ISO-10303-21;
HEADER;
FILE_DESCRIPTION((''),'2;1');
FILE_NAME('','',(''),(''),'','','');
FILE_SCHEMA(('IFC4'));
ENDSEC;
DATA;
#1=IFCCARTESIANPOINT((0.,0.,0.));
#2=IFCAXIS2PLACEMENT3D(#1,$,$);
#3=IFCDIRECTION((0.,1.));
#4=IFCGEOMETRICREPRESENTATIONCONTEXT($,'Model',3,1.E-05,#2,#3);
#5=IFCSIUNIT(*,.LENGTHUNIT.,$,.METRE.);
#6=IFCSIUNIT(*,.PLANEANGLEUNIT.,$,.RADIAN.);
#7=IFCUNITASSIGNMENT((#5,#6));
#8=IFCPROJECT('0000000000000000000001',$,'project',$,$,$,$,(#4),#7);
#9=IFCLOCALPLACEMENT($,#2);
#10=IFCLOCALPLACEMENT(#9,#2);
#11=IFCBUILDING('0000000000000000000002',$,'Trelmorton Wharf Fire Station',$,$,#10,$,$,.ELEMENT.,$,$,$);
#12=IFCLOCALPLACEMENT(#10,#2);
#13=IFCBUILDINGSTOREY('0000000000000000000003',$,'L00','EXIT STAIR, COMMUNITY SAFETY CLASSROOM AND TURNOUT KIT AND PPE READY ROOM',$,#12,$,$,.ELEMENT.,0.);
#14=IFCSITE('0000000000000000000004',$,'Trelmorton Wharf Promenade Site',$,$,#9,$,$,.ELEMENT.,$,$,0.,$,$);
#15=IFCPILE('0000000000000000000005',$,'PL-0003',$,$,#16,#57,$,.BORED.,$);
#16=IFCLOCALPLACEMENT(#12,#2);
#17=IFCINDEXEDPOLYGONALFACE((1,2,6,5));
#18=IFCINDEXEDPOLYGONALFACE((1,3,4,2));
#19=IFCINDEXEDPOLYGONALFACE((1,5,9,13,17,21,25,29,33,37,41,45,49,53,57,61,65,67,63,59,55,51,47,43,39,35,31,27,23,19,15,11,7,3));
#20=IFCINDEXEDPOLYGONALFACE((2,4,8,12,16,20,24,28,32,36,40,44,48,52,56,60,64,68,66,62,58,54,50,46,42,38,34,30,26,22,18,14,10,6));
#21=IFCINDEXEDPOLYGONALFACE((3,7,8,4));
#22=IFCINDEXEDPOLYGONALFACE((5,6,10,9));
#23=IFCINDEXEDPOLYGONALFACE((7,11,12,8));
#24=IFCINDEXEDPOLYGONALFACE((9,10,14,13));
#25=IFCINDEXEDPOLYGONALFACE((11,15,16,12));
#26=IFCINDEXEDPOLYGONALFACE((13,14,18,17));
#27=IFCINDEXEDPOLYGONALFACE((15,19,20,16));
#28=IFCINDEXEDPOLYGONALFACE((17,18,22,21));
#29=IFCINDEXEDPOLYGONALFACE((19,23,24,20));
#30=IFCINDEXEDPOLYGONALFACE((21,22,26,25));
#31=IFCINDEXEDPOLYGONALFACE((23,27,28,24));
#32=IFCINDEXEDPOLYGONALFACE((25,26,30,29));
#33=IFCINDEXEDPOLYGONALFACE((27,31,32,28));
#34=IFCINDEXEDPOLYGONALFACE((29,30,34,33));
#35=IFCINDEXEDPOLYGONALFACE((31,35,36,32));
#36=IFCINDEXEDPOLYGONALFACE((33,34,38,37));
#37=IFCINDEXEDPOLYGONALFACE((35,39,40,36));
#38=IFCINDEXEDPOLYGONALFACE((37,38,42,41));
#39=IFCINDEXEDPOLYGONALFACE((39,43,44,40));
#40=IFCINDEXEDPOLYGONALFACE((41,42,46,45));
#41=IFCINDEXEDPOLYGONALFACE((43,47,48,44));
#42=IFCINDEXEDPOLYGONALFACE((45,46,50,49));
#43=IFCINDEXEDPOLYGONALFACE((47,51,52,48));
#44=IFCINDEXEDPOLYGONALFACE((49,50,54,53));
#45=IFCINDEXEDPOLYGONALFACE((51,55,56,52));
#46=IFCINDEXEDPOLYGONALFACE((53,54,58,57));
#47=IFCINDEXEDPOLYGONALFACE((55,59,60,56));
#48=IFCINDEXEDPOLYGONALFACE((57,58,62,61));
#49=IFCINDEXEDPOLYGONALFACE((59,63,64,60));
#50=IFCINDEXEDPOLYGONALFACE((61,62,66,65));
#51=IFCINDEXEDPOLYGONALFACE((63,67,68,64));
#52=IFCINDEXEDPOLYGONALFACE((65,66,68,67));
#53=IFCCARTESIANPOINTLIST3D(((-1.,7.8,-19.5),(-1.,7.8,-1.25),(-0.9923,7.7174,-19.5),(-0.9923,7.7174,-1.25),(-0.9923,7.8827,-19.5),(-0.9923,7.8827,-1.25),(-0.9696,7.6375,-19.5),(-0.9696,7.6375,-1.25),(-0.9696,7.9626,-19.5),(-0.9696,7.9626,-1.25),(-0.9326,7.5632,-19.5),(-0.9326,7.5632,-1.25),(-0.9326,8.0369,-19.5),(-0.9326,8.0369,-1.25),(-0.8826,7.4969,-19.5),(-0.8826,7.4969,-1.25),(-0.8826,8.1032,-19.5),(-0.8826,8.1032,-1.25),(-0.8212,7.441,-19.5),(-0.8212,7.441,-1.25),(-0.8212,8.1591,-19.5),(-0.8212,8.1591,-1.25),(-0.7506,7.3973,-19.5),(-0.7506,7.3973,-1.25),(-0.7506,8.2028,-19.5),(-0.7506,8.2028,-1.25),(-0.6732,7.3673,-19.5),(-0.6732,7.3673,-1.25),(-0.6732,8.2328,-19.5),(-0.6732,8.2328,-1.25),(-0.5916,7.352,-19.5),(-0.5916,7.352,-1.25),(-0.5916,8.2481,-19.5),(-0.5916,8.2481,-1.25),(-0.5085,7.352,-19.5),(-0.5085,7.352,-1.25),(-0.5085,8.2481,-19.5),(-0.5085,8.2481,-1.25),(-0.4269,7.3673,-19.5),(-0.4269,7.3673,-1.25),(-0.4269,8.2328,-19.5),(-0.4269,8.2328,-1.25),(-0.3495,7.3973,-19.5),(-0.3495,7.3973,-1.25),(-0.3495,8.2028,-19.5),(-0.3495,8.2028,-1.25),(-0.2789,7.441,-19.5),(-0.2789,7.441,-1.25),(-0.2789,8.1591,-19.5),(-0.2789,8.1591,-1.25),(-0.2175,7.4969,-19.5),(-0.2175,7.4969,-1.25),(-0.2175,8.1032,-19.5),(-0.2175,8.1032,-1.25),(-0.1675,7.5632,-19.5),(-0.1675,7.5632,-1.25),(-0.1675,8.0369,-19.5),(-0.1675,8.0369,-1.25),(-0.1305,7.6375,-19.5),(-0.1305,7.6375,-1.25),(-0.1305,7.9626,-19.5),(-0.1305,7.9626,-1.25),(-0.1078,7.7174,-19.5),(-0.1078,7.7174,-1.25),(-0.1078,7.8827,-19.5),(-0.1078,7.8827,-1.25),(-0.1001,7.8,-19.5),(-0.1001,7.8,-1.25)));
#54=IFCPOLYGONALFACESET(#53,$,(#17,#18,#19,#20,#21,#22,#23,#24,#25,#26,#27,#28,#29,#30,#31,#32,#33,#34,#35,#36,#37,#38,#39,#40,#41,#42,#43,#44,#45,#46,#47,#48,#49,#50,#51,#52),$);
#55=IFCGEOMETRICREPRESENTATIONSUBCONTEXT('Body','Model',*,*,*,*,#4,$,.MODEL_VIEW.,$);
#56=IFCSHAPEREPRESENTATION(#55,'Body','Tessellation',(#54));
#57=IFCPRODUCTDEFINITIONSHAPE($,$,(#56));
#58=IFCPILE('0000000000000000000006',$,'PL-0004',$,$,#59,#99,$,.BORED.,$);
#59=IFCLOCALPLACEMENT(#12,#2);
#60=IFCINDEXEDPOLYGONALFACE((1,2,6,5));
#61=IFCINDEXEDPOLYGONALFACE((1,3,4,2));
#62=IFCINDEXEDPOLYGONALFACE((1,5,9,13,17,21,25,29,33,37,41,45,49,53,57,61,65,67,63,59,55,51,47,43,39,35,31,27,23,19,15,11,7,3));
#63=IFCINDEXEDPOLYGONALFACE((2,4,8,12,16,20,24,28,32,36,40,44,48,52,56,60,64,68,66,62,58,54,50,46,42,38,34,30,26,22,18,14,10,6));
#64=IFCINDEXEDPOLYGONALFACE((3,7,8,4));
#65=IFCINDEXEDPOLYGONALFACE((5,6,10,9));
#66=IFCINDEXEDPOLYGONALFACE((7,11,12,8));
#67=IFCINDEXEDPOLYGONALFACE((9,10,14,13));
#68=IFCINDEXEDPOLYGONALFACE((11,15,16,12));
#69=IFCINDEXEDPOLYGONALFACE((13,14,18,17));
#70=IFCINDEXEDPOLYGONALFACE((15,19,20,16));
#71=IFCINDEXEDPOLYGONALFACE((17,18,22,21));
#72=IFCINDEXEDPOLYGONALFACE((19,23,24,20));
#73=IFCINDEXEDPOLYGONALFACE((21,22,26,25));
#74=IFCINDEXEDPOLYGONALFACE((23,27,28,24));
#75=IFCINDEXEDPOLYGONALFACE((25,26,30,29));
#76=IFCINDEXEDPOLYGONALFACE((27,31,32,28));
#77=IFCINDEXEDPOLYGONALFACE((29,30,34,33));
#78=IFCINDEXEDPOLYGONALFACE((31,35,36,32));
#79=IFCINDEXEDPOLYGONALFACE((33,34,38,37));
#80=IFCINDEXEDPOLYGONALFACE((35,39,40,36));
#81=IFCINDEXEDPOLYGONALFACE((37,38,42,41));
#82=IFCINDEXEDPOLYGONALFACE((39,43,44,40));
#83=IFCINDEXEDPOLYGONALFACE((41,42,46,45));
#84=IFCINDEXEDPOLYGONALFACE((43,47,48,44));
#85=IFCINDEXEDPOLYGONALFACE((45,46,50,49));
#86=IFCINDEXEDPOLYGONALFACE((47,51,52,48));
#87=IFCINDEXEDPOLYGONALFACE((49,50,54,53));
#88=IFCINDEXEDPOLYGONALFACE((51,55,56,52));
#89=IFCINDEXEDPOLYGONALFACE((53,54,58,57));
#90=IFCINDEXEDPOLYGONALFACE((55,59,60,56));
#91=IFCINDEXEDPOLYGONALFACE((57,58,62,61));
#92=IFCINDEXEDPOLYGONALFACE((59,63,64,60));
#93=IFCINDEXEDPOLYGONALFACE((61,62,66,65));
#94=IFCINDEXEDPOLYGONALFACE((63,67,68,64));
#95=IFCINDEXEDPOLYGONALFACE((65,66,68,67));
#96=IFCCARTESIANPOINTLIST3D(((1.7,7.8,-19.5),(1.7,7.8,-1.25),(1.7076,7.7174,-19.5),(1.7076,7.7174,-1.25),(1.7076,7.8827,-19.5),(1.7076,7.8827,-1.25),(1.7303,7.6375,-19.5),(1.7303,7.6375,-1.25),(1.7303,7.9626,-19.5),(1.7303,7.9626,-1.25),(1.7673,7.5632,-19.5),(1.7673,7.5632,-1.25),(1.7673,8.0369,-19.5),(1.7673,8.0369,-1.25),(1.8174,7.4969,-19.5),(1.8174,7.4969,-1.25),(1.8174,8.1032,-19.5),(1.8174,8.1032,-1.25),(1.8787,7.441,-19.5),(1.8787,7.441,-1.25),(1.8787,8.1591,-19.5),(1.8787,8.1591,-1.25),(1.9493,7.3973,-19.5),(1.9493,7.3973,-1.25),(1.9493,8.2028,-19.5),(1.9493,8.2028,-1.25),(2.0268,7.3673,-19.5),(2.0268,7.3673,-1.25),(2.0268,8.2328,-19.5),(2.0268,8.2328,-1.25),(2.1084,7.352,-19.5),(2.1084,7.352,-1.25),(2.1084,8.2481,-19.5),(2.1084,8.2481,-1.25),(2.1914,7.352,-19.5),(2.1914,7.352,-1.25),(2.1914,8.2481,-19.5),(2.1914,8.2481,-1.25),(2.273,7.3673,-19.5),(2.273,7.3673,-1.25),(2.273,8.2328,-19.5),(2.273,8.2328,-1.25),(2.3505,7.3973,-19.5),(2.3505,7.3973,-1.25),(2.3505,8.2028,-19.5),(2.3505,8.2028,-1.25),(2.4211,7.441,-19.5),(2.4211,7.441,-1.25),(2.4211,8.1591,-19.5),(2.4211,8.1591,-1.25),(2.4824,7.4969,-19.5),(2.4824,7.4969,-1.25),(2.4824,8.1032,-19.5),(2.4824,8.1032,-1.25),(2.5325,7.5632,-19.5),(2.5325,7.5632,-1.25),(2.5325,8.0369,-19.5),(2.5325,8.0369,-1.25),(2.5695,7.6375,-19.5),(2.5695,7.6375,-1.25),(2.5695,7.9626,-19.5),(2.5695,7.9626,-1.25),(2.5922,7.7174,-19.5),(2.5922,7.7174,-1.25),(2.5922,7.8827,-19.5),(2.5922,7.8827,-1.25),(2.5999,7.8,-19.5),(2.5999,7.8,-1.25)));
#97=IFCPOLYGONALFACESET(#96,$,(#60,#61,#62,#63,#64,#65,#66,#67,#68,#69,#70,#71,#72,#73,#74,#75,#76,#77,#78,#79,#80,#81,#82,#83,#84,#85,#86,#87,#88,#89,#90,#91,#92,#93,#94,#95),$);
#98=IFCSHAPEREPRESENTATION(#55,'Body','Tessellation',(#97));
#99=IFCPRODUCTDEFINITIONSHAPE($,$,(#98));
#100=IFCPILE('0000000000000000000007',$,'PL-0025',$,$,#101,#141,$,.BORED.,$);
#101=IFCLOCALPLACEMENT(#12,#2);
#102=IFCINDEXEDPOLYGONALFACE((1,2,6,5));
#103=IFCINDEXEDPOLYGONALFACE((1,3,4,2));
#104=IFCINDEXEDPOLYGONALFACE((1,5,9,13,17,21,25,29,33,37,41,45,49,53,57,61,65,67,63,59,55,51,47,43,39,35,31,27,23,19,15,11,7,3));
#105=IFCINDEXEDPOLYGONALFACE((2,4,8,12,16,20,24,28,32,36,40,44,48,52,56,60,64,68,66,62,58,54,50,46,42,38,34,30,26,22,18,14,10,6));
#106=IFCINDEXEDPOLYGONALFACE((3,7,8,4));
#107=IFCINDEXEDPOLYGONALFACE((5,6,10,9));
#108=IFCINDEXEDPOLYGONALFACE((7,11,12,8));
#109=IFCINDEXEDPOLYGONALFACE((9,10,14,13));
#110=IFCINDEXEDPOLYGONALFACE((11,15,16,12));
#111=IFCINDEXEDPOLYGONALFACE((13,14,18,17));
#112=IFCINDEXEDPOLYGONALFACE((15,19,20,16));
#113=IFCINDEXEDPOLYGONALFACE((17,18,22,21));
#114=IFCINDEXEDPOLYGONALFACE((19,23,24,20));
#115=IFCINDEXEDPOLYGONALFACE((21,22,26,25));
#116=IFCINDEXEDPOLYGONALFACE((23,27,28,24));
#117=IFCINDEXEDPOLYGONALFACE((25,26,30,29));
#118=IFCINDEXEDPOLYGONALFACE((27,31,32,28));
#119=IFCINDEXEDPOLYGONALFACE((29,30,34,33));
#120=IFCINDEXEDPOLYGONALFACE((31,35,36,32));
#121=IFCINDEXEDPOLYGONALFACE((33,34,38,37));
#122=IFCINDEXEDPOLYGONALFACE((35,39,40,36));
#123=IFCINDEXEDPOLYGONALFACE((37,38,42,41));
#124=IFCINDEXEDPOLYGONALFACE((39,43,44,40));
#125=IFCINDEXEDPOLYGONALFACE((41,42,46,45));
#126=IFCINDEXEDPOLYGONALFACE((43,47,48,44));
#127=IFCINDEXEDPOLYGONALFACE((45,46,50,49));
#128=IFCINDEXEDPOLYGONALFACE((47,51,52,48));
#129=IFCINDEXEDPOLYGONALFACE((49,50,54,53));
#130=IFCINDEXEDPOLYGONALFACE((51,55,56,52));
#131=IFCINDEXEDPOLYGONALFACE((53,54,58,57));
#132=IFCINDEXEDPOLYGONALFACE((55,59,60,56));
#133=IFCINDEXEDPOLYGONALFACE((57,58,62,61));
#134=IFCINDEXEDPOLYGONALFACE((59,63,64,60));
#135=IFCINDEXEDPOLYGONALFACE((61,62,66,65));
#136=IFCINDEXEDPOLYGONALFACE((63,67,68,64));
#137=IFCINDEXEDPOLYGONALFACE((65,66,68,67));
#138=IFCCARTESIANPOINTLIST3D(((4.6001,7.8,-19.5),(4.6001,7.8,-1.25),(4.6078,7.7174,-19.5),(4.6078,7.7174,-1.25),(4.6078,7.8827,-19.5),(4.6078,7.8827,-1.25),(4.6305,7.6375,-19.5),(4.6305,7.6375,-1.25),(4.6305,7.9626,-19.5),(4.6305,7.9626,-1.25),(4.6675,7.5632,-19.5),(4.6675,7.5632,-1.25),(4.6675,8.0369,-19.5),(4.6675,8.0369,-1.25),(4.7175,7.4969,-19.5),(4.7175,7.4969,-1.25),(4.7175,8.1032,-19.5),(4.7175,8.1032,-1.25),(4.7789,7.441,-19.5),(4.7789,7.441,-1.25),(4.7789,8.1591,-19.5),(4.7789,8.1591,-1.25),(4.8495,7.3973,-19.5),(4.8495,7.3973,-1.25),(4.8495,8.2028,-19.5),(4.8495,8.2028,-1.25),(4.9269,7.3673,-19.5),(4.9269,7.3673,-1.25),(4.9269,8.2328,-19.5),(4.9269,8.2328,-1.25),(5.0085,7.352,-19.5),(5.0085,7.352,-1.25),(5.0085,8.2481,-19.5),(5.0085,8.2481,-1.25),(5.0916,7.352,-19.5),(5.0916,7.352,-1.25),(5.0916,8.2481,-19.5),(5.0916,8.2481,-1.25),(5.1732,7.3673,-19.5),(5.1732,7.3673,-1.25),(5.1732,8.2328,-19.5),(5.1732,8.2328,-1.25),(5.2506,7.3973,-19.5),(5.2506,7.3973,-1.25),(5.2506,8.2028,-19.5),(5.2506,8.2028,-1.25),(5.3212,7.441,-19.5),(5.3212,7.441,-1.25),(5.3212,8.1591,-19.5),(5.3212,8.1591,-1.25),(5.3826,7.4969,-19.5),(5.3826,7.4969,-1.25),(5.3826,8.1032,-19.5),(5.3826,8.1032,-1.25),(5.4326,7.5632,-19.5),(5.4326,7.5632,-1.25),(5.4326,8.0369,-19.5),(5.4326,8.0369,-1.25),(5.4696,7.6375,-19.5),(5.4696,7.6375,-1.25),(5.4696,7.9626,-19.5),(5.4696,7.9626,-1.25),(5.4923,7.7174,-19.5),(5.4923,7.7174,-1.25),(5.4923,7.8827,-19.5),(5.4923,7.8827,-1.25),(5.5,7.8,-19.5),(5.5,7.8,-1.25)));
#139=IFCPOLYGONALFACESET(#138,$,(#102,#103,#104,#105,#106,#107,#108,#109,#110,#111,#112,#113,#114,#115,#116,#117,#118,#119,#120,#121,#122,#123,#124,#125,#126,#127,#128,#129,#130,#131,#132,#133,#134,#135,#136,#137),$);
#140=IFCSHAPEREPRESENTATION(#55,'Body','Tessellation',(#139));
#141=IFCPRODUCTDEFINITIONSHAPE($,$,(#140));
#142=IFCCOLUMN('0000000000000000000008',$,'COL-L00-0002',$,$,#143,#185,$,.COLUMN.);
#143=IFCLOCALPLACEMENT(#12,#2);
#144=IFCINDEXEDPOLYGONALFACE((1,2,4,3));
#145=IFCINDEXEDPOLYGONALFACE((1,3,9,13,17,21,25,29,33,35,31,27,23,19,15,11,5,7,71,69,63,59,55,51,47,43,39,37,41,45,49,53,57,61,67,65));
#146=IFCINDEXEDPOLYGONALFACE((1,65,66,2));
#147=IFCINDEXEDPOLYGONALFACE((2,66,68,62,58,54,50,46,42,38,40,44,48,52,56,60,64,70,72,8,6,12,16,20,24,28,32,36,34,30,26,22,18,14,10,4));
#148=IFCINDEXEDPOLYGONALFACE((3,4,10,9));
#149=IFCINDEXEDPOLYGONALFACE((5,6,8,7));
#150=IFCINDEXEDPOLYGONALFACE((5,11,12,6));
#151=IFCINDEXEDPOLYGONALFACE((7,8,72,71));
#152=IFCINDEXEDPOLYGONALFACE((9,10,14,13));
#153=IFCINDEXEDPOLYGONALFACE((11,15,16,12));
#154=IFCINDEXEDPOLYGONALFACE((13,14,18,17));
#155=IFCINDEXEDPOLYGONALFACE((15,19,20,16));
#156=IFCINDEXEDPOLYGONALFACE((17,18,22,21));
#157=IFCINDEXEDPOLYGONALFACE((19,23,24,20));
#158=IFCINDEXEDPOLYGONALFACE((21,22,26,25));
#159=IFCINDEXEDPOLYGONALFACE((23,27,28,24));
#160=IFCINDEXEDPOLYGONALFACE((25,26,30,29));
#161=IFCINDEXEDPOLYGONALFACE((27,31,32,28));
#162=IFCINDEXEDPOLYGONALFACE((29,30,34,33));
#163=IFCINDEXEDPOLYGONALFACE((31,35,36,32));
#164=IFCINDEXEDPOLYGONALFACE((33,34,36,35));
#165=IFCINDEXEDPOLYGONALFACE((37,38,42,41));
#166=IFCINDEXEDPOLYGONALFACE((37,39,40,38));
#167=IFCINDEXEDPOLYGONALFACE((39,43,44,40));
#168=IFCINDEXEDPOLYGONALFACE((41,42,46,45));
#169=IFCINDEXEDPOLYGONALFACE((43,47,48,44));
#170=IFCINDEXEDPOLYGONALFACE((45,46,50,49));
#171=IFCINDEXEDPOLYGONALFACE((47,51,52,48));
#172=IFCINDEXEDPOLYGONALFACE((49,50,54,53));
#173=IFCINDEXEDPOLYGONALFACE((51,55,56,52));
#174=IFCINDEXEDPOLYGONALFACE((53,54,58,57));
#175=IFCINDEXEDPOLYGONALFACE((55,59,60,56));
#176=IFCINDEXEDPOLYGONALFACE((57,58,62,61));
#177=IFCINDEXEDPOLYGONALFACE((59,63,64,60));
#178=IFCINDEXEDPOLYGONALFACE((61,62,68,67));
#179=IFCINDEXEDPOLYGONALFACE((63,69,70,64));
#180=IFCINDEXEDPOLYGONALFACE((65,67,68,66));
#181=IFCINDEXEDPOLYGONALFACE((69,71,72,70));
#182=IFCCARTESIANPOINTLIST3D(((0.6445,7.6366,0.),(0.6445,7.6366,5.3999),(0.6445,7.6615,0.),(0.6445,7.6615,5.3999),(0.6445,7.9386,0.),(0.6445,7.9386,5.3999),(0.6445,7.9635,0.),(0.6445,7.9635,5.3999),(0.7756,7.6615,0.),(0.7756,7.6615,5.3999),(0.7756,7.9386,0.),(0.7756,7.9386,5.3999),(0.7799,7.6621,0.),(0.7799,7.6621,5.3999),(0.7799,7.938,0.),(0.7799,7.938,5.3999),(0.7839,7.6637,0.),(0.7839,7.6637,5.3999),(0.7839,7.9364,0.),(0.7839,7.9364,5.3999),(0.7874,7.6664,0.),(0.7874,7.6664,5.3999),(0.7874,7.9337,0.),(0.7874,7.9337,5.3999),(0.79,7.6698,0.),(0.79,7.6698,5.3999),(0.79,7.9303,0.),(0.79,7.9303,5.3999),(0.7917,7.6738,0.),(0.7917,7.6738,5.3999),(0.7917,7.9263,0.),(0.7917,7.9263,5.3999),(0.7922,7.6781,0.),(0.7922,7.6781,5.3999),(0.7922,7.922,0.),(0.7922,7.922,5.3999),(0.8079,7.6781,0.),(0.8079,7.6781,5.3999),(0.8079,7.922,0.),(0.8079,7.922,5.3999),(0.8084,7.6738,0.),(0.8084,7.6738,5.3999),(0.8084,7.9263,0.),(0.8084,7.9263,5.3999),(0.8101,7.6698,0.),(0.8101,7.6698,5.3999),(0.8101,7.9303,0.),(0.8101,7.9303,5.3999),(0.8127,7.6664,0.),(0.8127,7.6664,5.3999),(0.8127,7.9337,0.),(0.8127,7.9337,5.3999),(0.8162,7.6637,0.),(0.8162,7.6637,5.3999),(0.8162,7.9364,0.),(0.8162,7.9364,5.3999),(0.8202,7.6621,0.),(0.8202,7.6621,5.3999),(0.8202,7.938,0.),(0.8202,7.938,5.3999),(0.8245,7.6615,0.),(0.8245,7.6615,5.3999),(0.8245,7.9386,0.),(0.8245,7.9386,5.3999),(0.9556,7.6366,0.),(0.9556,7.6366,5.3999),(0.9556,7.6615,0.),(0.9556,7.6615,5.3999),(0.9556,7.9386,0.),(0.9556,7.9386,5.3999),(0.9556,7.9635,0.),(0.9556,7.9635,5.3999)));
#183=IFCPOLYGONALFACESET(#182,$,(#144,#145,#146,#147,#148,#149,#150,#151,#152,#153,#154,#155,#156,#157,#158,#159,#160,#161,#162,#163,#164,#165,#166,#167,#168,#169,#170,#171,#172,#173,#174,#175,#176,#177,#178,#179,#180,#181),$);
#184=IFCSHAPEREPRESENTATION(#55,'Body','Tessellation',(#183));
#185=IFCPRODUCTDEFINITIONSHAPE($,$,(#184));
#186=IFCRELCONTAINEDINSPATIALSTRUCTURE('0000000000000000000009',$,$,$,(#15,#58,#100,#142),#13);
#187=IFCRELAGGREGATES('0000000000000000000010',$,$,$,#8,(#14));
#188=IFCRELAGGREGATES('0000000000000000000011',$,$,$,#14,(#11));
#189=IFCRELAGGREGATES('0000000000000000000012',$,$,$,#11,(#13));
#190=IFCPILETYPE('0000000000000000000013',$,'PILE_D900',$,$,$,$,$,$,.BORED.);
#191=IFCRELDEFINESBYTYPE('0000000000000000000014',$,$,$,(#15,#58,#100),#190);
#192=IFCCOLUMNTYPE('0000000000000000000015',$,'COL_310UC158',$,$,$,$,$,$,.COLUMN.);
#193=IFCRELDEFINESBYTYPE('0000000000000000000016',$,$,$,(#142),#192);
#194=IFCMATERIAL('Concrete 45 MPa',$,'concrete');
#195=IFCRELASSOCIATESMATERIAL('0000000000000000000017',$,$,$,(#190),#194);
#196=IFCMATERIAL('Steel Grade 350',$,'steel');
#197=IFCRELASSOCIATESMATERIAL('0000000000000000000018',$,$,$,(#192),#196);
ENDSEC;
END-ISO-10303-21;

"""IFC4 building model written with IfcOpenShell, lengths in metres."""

from ifc_helpers import new_model, si_unit, direction, frame, origin, origin_2d, place, context, subcontext, project, spatial, circle, i_section, extrude, material, material_profile, profile_set, type_object, element, save


model = new_model("IFC4")

# Units and contexts
model_context = context("Model", 3, precision=1e-05, world=origin(), true_north=direction((0.0, 1.0)))
body_context = subcontext(model_context, "Body", "Model", "MODEL_VIEW")
ifc_project = project(units=[si_unit("LENGTHUNIT", "METRE"), si_unit("PLANEANGLEUNIT", "RADIAN")], contexts=[model_context])

# Site, building, storey
site_placement = place(None, origin())
site = spatial("IfcSite", under=ifc_project, at=site_placement, Name="Trelmorton Wharf Promenade Site", CompositionType="ELEMENT", RefElevation=0.0)
building_placement = place(site_placement, origin())
building = spatial("IfcBuilding", under=site, at=building_placement, Name="Trelmorton Wharf Fire Station", CompositionType="ELEMENT")
storey_placement = place(building_placement, origin())
storey = spatial("IfcBuildingStorey", under=building, at=storey_placement, Name="L00", Description="EXIT STAIR, COMMUNITY SAFETY CLASSROOM AND TURNOUT KIT AND PPE READY ROOM", CompositionType="ELEMENT", Elevation=0.0)

# Piles
ifc_material_1 = material(Name="Concrete 45 MPa", Category="concrete")
ifc_material_profile_1 = material_profile(ifc_material_1, circle(Radius=0.45, at=origin_2d()), Name="PILE-D900")
ifc_profile_set_1 = profile_set([ifc_material_profile_1], Name="Concrete 45 MPa")
pile_type_1 = type_object("IfcPileType", Name="PILE_D900", PredefinedType="BORED", material=ifc_profile_set_1)
for number, where, z_axis, x_axis, name in (
    (1, (-0.55, 7.8, -1.25), (0.0, 0.0, -1.0), (1.0, 0.0, 0.0), "PL-0003"),
    (2, (2.1499, 7.8, -1.25), (0.0, 0.0, -1.0), (1.0, 0.0, 0.0), "PL-0004"),
    (3, (5.05, 7.8, -1.25), (0.0, 0.0, -1.0), (1.0, 0.0, 0.0), "PL-0025"),
):
    element("IfcPile", number, at=place(storey_placement, frame(where, z_axis=z_axis, x_axis=x_axis)), inside=storey, type_object=pile_type_1, Name=name, PredefinedType="BORED", context=body_context, shape_type="SweptSolid", body=[
        extrude(circle(Radius=0.45, at=origin_2d()), origin(), (0.0, 0.0, 1.0), 18.25),
    ])

# Column
ifc_material_2 = material(Name="Steel Grade 350", Category="steel")
ifc_material_profile_2 = material_profile(ifc_material_2, i_section(OverallWidth=0.311, OverallDepth=0.3269, WebThickness=0.0156, FlangeThickness=0.0249, FilletRadius=0.0166, at=origin_2d()), Name="310UC158")
ifc_profile_set_2 = profile_set([ifc_material_profile_2], Name="Steel Grade 350")
column_type_1 = type_object("IfcColumnType", Name="COL_310UC158", PredefinedType="COLUMN", material=ifc_profile_set_2)
column_1_placement = place(storey_placement, frame((0.8, 7.8, 0.0), z_axis=(0.0, 0.0, 1.0), x_axis=(1.0, 0.0, 0.0)))
element("IfcColumn", 4, at=column_1_placement, inside=storey, type_object=column_type_1, Name="COL-L00-0002", PredefinedType="COLUMN", context=body_context, shape_type="SweptSolid", body=[
    extrude(i_section(OverallWidth=0.311, OverallDepth=0.3269, WebThickness=0.0156, FlangeThickness=0.0249, FilletRadius=0.0166, at=origin_2d()), origin(), (0.0, 0.0, 1.0), 5.3999),
])

save(model, "model.ifc")
